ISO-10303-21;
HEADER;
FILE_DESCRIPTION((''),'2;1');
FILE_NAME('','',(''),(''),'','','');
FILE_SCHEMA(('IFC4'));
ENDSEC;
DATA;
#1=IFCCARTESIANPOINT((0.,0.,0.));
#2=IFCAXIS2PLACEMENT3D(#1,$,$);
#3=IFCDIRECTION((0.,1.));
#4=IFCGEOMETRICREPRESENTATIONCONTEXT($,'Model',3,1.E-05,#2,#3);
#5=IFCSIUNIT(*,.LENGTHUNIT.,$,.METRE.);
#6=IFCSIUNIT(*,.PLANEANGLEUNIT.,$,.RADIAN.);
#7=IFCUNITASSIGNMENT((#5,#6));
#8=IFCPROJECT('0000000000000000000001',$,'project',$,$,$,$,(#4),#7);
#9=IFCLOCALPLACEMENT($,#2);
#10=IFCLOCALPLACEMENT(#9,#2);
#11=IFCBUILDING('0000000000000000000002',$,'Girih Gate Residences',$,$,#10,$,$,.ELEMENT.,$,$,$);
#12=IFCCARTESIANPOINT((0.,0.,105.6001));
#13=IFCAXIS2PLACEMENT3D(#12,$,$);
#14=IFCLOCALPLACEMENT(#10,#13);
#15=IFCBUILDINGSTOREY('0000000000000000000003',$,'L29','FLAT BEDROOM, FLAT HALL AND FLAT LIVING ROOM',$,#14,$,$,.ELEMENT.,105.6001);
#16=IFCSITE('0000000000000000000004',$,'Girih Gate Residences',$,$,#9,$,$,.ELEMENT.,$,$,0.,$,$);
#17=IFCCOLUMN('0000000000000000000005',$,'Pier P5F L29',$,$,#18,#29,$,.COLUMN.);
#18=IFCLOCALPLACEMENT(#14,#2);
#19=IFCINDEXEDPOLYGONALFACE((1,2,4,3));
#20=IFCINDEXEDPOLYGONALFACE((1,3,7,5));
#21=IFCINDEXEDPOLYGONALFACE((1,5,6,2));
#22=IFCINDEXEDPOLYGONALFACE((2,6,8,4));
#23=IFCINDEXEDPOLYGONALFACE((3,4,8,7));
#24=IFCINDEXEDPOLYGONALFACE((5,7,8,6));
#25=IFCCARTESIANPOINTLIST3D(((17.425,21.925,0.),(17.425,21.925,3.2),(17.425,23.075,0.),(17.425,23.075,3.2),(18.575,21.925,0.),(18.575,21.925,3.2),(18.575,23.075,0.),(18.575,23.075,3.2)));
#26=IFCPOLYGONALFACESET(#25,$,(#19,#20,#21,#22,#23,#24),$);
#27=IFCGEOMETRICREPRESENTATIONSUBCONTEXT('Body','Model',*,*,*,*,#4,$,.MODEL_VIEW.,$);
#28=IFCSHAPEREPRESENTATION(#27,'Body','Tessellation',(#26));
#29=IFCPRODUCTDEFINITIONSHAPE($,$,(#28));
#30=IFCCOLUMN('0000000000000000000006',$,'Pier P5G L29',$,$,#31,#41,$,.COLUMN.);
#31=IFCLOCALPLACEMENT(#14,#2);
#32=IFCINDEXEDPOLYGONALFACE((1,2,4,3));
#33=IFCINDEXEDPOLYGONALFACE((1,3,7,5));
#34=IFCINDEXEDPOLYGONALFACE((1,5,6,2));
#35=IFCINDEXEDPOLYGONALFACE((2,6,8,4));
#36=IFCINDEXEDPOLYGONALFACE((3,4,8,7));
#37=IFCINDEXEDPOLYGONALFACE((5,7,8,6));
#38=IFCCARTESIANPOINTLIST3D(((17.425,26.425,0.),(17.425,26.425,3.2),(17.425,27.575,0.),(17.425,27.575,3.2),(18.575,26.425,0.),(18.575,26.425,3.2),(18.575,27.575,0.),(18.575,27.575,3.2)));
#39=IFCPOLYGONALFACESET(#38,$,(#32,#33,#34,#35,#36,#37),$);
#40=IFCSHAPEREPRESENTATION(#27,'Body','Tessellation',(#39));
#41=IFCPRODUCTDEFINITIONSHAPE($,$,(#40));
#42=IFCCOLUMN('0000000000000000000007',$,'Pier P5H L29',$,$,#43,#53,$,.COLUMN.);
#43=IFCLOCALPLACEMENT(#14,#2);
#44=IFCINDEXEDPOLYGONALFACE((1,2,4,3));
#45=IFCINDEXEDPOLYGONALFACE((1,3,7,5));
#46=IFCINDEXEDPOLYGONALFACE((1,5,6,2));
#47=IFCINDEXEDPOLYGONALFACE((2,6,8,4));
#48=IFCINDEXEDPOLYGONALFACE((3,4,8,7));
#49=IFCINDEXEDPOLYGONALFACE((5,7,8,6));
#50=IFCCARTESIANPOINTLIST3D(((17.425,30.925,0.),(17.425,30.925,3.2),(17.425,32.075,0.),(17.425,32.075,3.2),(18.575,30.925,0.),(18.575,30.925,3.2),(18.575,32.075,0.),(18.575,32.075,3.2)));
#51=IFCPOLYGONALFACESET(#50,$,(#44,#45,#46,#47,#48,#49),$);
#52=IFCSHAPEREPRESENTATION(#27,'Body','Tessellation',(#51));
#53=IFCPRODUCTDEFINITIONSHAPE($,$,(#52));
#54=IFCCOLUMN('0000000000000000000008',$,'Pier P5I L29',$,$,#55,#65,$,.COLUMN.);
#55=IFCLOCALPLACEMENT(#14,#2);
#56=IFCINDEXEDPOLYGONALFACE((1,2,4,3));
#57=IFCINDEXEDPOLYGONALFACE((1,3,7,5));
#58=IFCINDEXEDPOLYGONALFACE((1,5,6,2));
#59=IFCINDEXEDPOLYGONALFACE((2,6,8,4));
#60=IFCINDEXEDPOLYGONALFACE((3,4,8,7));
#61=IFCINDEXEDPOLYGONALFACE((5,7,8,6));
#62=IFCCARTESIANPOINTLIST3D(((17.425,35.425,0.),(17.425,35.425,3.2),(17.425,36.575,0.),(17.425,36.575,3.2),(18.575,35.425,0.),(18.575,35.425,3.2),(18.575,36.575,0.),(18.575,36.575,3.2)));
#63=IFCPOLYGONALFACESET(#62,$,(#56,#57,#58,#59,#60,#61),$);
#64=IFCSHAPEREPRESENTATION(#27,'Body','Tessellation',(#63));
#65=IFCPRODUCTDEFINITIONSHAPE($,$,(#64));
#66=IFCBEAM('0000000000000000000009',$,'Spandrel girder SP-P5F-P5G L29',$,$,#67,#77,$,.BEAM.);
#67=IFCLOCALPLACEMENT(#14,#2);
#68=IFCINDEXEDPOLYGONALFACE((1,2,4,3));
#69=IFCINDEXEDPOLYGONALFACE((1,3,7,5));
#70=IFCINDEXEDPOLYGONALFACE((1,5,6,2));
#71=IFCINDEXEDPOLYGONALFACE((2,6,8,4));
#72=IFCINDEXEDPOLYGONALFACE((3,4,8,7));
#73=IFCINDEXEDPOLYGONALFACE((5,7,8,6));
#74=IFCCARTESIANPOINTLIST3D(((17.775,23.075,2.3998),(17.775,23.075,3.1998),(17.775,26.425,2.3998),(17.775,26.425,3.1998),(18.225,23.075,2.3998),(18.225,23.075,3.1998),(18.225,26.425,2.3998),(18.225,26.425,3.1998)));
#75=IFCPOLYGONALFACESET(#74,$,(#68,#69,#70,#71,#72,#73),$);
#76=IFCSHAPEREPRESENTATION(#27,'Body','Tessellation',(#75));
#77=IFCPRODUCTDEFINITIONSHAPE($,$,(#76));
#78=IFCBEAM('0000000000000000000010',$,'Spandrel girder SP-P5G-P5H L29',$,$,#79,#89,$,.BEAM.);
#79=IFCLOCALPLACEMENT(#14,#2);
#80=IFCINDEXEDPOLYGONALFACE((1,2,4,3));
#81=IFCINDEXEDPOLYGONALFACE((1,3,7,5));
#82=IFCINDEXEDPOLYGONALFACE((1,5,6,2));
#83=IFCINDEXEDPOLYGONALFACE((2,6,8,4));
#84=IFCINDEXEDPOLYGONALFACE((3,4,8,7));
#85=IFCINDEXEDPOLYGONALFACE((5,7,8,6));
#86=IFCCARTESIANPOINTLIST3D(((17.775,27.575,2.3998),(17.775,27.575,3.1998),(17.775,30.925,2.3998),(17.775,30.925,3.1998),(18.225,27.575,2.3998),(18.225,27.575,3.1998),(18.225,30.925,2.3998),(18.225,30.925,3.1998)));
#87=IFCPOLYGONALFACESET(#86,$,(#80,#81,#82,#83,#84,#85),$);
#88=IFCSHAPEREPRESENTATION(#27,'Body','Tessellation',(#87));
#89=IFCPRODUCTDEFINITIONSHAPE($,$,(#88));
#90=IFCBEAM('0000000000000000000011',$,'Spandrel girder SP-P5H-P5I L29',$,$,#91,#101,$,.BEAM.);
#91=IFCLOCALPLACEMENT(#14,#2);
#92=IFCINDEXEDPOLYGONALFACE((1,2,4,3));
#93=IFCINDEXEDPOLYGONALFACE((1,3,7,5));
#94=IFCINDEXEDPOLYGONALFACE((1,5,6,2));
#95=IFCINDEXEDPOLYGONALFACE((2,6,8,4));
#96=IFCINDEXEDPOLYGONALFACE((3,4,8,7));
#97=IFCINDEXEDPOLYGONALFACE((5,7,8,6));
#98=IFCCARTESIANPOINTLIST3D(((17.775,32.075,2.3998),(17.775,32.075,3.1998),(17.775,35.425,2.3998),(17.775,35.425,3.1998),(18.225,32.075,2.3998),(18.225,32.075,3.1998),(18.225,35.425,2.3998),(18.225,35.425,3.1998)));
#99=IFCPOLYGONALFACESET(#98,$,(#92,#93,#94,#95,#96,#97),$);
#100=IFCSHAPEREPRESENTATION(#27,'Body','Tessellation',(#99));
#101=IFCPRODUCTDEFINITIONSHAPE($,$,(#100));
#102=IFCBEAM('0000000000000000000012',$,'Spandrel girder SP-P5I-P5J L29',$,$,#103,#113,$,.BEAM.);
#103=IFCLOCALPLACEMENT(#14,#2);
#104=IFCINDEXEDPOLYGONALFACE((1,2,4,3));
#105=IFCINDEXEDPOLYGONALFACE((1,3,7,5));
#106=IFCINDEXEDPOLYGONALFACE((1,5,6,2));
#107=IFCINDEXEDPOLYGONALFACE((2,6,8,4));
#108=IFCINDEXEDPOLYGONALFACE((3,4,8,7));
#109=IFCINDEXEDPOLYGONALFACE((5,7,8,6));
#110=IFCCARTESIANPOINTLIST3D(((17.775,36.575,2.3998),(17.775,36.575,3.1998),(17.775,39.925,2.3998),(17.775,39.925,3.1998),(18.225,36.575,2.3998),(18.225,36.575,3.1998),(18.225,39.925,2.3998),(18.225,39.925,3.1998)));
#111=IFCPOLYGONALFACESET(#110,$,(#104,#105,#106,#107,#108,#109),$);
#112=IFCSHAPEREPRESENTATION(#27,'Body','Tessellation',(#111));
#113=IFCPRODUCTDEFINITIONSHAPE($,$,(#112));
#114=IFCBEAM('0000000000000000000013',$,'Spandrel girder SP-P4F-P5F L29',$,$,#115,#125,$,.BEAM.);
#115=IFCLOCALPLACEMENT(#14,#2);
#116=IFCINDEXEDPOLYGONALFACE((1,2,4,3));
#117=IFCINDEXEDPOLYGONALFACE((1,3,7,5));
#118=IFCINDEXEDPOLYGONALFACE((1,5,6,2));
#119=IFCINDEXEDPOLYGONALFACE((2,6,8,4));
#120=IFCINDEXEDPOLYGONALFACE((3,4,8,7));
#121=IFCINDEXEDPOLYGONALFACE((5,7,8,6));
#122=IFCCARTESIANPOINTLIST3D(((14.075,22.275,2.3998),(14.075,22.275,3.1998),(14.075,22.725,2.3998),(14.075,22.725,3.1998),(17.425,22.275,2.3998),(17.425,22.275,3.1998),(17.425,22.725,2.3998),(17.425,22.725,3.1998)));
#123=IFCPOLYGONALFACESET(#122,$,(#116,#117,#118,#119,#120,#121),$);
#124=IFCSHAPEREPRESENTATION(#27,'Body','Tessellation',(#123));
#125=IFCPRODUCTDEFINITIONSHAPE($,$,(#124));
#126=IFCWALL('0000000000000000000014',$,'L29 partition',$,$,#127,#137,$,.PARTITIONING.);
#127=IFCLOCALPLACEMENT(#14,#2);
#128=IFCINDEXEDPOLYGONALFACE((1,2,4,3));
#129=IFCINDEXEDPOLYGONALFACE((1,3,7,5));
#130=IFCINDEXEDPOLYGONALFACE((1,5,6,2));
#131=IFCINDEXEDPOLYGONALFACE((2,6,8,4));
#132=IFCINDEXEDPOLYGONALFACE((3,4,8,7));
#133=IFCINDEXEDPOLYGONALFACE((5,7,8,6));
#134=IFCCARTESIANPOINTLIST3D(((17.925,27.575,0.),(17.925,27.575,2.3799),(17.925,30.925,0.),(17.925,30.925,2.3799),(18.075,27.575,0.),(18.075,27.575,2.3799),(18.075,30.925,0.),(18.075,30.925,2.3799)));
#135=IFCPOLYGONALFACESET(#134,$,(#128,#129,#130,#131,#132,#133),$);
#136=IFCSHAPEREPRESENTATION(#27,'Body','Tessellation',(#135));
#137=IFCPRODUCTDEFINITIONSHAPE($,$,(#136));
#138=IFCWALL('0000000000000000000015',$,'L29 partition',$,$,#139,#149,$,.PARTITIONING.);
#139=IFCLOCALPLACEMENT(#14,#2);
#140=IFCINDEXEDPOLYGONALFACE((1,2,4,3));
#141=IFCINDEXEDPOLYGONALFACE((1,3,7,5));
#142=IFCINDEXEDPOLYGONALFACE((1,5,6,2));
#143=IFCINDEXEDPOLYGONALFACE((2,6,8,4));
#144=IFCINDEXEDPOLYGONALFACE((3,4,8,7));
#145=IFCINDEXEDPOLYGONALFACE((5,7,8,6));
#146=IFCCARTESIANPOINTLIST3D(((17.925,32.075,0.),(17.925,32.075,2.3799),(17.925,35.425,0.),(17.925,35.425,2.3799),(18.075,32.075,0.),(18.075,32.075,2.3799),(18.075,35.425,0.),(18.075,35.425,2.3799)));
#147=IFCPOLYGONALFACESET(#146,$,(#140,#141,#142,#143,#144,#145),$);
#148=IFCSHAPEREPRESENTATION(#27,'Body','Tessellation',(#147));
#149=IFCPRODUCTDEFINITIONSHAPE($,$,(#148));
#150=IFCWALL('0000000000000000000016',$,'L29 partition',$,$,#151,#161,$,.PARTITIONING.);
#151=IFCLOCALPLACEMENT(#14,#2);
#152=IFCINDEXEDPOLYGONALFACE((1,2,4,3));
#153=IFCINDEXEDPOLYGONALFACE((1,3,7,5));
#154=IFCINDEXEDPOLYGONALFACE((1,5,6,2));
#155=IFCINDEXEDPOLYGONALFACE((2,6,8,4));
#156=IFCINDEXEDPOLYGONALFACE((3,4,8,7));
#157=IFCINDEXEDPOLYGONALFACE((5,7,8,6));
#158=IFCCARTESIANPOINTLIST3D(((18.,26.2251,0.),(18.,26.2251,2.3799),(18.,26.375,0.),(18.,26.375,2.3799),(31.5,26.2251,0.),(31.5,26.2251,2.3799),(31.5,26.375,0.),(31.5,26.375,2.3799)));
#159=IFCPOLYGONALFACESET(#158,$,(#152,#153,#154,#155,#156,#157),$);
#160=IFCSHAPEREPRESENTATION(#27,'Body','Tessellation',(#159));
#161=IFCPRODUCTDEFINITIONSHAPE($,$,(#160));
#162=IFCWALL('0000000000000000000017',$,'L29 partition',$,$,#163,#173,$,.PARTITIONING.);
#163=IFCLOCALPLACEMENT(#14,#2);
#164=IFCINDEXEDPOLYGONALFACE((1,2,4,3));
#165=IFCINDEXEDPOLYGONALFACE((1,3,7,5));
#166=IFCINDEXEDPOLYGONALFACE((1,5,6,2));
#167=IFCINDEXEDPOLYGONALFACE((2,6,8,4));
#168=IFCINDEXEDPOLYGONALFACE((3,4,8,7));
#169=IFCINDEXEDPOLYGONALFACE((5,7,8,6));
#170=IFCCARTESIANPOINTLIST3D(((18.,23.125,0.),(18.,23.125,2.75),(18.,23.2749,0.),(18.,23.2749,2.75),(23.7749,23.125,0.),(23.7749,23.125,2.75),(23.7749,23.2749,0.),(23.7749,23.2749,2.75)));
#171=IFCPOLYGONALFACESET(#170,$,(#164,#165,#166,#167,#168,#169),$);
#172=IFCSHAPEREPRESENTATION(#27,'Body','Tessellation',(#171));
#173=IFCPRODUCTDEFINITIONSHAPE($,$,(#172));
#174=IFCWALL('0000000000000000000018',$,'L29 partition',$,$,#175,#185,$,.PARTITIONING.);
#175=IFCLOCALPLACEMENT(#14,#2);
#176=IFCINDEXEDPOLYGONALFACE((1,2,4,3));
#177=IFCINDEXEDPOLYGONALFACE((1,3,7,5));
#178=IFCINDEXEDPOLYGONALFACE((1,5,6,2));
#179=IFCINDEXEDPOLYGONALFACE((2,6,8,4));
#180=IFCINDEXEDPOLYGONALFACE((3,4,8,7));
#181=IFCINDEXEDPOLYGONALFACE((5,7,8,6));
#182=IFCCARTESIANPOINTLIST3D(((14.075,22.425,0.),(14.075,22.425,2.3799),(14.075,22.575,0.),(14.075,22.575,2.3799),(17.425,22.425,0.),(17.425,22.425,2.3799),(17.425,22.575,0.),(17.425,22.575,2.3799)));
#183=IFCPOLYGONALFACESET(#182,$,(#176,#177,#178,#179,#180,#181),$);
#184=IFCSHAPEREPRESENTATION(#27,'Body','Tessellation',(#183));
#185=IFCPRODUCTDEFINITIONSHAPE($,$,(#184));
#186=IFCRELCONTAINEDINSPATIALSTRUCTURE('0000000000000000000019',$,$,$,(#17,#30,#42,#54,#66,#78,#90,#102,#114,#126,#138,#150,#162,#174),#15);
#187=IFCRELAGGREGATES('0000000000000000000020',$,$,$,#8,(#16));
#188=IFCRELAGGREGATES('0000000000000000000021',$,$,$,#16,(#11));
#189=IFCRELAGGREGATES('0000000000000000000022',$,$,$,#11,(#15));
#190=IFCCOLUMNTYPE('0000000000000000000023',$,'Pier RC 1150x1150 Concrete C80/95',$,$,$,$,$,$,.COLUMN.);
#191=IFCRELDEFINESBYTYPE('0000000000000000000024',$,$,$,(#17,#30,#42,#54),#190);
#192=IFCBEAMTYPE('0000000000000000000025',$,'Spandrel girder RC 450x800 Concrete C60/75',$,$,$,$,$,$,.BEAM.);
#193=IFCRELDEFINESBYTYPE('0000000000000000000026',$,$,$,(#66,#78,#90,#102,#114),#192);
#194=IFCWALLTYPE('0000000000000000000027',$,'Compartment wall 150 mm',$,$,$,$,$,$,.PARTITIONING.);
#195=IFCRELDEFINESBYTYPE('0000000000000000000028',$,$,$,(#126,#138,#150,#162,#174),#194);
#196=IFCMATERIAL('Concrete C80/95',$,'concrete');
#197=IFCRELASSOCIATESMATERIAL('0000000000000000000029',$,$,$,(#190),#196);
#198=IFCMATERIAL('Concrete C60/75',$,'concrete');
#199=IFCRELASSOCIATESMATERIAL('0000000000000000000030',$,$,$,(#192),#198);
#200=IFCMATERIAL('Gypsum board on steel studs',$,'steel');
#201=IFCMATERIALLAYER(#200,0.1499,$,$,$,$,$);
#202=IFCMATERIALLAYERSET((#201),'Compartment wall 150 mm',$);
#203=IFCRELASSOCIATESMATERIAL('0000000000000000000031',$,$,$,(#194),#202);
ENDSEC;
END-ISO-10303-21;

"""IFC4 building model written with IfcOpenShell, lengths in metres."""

from ifc_helpers import new_model, si_unit, direction, frame, frame_2d, origin, origin_2d, place, context, subcontext, project, spatial, rectangle, extrude, material, layer, layer_set, material_profile, profile_set, type_object, element, save


model = new_model("IFC4")

# Units and contexts
model_context = context("Model", 3, precision=1e-05, world=origin(), true_north=direction((0.0, 1.0)))
body_context = subcontext(model_context, "Body", "Model", "MODEL_VIEW")
ifc_project = project(units=[si_unit("LENGTHUNIT", "METRE"), si_unit("PLANEANGLEUNIT", "RADIAN")], contexts=[model_context])

# Site, building, storey
site_placement = place(None, origin())
site = spatial("IfcSite", under=ifc_project, at=site_placement, Name="Girih Gate Residences", CompositionType="ELEMENT", RefElevation=0.0)
building_placement = place(site_placement, origin())
building = spatial("IfcBuilding", under=site, at=building_placement, Name="Girih Gate Residences", CompositionType="ELEMENT")
storey_placement = place(building_placement, frame((0.0, 0.0, 105.6001)))
storey = spatial("IfcBuildingStorey", under=building, at=storey_placement, Name="L29", Description="FLAT BEDROOM, FLAT HALL AND FLAT LIVING ROOM", CompositionType="ELEMENT", Elevation=105.6001)

# Columns
ifc_material_1 = material(Name="Concrete C80/95", Category="concrete")
ifc_material_profile_1 = material_profile(ifc_material_1, rectangle(XDim=1.1499, YDim=1.1499, at=origin_2d()))
ifc_profile_set_1 = profile_set([ifc_material_profile_1], Name="Concrete C80/95")
column_type = type_object("IfcColumnType", Name="Pier RC 1150x1150 Concrete C80/95", PredefinedType="COLUMN", material=ifc_profile_set_1)
for number, where, z_axis, x_axis, name in (
    (1, (18.0, 22.5, 0.0), (0.0, 0.0, 1.0), (1.0, 0.0, 0.0), "Pier P5F L29"),
    (2, (18.0, 27.0, 0.0), (0.0, 0.0, 1.0), (1.0, 0.0, 0.0), "Pier P5G L29"),
    (3, (18.0, 31.5, 0.0), (0.0, 0.0, 1.0), (1.0, 0.0, 0.0), "Pier P5H L29"),
    (4, (18.0, 36.0, 0.0), (0.0, 0.0, 1.0), (1.0, 0.0, 0.0), "Pier P5I L29"),
):
    element("IfcColumn", number, at=place(storey_placement, frame(where, z_axis=z_axis, x_axis=x_axis)), inside=storey, type_object=column_type, Name=name, PredefinedType="COLUMN", context=body_context, shape_type="SweptSolid", body=[
        extrude(rectangle(XDim=1.1499, YDim=1.1499, at=origin_2d()), origin(), (0.0, 0.0, 1.0), 3.2),
    ])

# Beams
ifc_material_2 = material(Name="Concrete C60/75", Category="concrete")
ifc_material_profile_2 = material_profile(ifc_material_2, rectangle(XDim=0.45, YDim=0.8, at=origin_2d()))
ifc_profile_set_2 = profile_set([ifc_material_profile_2], Name="Concrete C60/75")
beam_type = type_object("IfcBeamType", Name="Spandrel girder RC 450x800 Concrete C60/75", PredefinedType="BEAM", material=ifc_profile_set_2)
for number, where, z_axis, x_axis, name in (
    (5, (18.0, 23.075, 2.7998), (0.0, 1.0, 0.0), (-1.0, 0.0, 0.0), "Spandrel girder SP-P5F-P5G L29"),
    (6, (18.0, 27.575, 2.7998), (0.0, 1.0, 0.0), (-1.0, 0.0, 0.0), "Spandrel girder SP-P5G-P5H L29"),
    (7, (18.0, 32.075, 2.7998), (0.0, 1.0, 0.0), (-1.0, 0.0, 0.0), "Spandrel girder SP-P5H-P5I L29"),
    (8, (18.0, 36.575, 2.7998), (0.0, 1.0, 0.0), (-1.0, 0.0, 0.0), "Spandrel girder SP-P5I-P5J L29"),
    (9, (14.075, 22.5, 2.7998), (1.0, 0.0, 0.0), (0.0, 1.0, 0.0), "Spandrel girder SP-P4F-P5F L29"),
):
    element("IfcBeam", number, at=place(storey_placement, frame(where, z_axis=z_axis, x_axis=x_axis)), inside=storey, type_object=beam_type, Name=name, PredefinedType="BEAM", context=body_context, shape_type="SweptSolid", body=[
        extrude(rectangle(XDim=0.45, YDim=0.8, at=origin_2d()), origin(), (0.0, 0.0, 1.0), 3.3501),
    ])

# Walls
ifc_material_3 = material(Name="Gypsum board on steel studs", Category="steel")
ifc_layer_1 = layer(ifc_material_3, 0.1499)
ifc_layer_set_1 = layer_set([ifc_layer_1], Name="Compartment wall 150 mm")
wall_type_1 = type_object("IfcWallType", Name="Compartment wall 150 mm", PredefinedType="PARTITIONING", material=ifc_layer_set_1)
for number, where, z_axis, x_axis, name in (
    (10, (18.0, 27.575, 0.0), (0.0, 0.0, 1.0), (0.0, 1.0, 0.0), "L29 partition"),
    (11, (18.0, 32.075, 0.0), (0.0, 0.0, 1.0), (0.0, 1.0, 0.0), "L29 partition"),
):
    element("IfcWall", number, at=place(storey_placement, frame(where, z_axis=z_axis, x_axis=x_axis)), inside=storey, type_object=wall_type_1, Name=name, PredefinedType="PARTITIONING", context=body_context, shape_type="SweptSolid", body=[
        extrude(rectangle(XDim=3.3501, YDim=0.1499, at=frame_2d((1.675, 0.0))), origin(), (0.0, 0.0, 1.0), 2.3799),
    ])
wall_1_placement = place(storey_placement, frame((18.0, 26.3, 0.0), z_axis=(0.0, 0.0, 1.0), x_axis=(1.0, 0.0, 0.0)))
element("IfcWall", 12, at=wall_1_placement, inside=storey, type_object=wall_type_1, Name="L29 partition", PredefinedType="PARTITIONING", context=body_context, shape_type="SweptSolid", body=[
    extrude(rectangle(XDim=13.5, YDim=0.1499, at=frame_2d((6.75, 0.0))), origin(), (0.0, 0.0, 1.0), 2.3799),
])
wall_2_placement = place(storey_placement, frame((18.0, 23.2, 0.0), z_axis=(0.0, 0.0, 1.0), x_axis=(1.0, 0.0, 0.0)))
element("IfcWall", 13, at=wall_2_placement, inside=storey, type_object=wall_type_1, Name="L29 partition", PredefinedType="PARTITIONING", context=body_context, shape_type="SweptSolid", body=[
    extrude(rectangle(XDim=5.7749, YDim=0.1499, at=frame_2d((2.8875, 0.0))), origin(), (0.0, 0.0, 1.0), 2.75),
])
wall_3_placement = place(storey_placement, frame((14.075, 22.5, 0.0), z_axis=(0.0, 0.0, 1.0), x_axis=(1.0, 0.0, 0.0)))
element("IfcWall", 14, at=wall_3_placement, inside=storey, type_object=wall_type_1, Name="L29 partition", PredefinedType="PARTITIONING", context=body_context, shape_type="SweptSolid", body=[
    extrude(rectangle(XDim=3.3501, YDim=0.1499, at=frame_2d((1.675, 0.0))), origin(), (0.0, 0.0, 1.0), 2.3799),
])

save(model, "model.ifc")
